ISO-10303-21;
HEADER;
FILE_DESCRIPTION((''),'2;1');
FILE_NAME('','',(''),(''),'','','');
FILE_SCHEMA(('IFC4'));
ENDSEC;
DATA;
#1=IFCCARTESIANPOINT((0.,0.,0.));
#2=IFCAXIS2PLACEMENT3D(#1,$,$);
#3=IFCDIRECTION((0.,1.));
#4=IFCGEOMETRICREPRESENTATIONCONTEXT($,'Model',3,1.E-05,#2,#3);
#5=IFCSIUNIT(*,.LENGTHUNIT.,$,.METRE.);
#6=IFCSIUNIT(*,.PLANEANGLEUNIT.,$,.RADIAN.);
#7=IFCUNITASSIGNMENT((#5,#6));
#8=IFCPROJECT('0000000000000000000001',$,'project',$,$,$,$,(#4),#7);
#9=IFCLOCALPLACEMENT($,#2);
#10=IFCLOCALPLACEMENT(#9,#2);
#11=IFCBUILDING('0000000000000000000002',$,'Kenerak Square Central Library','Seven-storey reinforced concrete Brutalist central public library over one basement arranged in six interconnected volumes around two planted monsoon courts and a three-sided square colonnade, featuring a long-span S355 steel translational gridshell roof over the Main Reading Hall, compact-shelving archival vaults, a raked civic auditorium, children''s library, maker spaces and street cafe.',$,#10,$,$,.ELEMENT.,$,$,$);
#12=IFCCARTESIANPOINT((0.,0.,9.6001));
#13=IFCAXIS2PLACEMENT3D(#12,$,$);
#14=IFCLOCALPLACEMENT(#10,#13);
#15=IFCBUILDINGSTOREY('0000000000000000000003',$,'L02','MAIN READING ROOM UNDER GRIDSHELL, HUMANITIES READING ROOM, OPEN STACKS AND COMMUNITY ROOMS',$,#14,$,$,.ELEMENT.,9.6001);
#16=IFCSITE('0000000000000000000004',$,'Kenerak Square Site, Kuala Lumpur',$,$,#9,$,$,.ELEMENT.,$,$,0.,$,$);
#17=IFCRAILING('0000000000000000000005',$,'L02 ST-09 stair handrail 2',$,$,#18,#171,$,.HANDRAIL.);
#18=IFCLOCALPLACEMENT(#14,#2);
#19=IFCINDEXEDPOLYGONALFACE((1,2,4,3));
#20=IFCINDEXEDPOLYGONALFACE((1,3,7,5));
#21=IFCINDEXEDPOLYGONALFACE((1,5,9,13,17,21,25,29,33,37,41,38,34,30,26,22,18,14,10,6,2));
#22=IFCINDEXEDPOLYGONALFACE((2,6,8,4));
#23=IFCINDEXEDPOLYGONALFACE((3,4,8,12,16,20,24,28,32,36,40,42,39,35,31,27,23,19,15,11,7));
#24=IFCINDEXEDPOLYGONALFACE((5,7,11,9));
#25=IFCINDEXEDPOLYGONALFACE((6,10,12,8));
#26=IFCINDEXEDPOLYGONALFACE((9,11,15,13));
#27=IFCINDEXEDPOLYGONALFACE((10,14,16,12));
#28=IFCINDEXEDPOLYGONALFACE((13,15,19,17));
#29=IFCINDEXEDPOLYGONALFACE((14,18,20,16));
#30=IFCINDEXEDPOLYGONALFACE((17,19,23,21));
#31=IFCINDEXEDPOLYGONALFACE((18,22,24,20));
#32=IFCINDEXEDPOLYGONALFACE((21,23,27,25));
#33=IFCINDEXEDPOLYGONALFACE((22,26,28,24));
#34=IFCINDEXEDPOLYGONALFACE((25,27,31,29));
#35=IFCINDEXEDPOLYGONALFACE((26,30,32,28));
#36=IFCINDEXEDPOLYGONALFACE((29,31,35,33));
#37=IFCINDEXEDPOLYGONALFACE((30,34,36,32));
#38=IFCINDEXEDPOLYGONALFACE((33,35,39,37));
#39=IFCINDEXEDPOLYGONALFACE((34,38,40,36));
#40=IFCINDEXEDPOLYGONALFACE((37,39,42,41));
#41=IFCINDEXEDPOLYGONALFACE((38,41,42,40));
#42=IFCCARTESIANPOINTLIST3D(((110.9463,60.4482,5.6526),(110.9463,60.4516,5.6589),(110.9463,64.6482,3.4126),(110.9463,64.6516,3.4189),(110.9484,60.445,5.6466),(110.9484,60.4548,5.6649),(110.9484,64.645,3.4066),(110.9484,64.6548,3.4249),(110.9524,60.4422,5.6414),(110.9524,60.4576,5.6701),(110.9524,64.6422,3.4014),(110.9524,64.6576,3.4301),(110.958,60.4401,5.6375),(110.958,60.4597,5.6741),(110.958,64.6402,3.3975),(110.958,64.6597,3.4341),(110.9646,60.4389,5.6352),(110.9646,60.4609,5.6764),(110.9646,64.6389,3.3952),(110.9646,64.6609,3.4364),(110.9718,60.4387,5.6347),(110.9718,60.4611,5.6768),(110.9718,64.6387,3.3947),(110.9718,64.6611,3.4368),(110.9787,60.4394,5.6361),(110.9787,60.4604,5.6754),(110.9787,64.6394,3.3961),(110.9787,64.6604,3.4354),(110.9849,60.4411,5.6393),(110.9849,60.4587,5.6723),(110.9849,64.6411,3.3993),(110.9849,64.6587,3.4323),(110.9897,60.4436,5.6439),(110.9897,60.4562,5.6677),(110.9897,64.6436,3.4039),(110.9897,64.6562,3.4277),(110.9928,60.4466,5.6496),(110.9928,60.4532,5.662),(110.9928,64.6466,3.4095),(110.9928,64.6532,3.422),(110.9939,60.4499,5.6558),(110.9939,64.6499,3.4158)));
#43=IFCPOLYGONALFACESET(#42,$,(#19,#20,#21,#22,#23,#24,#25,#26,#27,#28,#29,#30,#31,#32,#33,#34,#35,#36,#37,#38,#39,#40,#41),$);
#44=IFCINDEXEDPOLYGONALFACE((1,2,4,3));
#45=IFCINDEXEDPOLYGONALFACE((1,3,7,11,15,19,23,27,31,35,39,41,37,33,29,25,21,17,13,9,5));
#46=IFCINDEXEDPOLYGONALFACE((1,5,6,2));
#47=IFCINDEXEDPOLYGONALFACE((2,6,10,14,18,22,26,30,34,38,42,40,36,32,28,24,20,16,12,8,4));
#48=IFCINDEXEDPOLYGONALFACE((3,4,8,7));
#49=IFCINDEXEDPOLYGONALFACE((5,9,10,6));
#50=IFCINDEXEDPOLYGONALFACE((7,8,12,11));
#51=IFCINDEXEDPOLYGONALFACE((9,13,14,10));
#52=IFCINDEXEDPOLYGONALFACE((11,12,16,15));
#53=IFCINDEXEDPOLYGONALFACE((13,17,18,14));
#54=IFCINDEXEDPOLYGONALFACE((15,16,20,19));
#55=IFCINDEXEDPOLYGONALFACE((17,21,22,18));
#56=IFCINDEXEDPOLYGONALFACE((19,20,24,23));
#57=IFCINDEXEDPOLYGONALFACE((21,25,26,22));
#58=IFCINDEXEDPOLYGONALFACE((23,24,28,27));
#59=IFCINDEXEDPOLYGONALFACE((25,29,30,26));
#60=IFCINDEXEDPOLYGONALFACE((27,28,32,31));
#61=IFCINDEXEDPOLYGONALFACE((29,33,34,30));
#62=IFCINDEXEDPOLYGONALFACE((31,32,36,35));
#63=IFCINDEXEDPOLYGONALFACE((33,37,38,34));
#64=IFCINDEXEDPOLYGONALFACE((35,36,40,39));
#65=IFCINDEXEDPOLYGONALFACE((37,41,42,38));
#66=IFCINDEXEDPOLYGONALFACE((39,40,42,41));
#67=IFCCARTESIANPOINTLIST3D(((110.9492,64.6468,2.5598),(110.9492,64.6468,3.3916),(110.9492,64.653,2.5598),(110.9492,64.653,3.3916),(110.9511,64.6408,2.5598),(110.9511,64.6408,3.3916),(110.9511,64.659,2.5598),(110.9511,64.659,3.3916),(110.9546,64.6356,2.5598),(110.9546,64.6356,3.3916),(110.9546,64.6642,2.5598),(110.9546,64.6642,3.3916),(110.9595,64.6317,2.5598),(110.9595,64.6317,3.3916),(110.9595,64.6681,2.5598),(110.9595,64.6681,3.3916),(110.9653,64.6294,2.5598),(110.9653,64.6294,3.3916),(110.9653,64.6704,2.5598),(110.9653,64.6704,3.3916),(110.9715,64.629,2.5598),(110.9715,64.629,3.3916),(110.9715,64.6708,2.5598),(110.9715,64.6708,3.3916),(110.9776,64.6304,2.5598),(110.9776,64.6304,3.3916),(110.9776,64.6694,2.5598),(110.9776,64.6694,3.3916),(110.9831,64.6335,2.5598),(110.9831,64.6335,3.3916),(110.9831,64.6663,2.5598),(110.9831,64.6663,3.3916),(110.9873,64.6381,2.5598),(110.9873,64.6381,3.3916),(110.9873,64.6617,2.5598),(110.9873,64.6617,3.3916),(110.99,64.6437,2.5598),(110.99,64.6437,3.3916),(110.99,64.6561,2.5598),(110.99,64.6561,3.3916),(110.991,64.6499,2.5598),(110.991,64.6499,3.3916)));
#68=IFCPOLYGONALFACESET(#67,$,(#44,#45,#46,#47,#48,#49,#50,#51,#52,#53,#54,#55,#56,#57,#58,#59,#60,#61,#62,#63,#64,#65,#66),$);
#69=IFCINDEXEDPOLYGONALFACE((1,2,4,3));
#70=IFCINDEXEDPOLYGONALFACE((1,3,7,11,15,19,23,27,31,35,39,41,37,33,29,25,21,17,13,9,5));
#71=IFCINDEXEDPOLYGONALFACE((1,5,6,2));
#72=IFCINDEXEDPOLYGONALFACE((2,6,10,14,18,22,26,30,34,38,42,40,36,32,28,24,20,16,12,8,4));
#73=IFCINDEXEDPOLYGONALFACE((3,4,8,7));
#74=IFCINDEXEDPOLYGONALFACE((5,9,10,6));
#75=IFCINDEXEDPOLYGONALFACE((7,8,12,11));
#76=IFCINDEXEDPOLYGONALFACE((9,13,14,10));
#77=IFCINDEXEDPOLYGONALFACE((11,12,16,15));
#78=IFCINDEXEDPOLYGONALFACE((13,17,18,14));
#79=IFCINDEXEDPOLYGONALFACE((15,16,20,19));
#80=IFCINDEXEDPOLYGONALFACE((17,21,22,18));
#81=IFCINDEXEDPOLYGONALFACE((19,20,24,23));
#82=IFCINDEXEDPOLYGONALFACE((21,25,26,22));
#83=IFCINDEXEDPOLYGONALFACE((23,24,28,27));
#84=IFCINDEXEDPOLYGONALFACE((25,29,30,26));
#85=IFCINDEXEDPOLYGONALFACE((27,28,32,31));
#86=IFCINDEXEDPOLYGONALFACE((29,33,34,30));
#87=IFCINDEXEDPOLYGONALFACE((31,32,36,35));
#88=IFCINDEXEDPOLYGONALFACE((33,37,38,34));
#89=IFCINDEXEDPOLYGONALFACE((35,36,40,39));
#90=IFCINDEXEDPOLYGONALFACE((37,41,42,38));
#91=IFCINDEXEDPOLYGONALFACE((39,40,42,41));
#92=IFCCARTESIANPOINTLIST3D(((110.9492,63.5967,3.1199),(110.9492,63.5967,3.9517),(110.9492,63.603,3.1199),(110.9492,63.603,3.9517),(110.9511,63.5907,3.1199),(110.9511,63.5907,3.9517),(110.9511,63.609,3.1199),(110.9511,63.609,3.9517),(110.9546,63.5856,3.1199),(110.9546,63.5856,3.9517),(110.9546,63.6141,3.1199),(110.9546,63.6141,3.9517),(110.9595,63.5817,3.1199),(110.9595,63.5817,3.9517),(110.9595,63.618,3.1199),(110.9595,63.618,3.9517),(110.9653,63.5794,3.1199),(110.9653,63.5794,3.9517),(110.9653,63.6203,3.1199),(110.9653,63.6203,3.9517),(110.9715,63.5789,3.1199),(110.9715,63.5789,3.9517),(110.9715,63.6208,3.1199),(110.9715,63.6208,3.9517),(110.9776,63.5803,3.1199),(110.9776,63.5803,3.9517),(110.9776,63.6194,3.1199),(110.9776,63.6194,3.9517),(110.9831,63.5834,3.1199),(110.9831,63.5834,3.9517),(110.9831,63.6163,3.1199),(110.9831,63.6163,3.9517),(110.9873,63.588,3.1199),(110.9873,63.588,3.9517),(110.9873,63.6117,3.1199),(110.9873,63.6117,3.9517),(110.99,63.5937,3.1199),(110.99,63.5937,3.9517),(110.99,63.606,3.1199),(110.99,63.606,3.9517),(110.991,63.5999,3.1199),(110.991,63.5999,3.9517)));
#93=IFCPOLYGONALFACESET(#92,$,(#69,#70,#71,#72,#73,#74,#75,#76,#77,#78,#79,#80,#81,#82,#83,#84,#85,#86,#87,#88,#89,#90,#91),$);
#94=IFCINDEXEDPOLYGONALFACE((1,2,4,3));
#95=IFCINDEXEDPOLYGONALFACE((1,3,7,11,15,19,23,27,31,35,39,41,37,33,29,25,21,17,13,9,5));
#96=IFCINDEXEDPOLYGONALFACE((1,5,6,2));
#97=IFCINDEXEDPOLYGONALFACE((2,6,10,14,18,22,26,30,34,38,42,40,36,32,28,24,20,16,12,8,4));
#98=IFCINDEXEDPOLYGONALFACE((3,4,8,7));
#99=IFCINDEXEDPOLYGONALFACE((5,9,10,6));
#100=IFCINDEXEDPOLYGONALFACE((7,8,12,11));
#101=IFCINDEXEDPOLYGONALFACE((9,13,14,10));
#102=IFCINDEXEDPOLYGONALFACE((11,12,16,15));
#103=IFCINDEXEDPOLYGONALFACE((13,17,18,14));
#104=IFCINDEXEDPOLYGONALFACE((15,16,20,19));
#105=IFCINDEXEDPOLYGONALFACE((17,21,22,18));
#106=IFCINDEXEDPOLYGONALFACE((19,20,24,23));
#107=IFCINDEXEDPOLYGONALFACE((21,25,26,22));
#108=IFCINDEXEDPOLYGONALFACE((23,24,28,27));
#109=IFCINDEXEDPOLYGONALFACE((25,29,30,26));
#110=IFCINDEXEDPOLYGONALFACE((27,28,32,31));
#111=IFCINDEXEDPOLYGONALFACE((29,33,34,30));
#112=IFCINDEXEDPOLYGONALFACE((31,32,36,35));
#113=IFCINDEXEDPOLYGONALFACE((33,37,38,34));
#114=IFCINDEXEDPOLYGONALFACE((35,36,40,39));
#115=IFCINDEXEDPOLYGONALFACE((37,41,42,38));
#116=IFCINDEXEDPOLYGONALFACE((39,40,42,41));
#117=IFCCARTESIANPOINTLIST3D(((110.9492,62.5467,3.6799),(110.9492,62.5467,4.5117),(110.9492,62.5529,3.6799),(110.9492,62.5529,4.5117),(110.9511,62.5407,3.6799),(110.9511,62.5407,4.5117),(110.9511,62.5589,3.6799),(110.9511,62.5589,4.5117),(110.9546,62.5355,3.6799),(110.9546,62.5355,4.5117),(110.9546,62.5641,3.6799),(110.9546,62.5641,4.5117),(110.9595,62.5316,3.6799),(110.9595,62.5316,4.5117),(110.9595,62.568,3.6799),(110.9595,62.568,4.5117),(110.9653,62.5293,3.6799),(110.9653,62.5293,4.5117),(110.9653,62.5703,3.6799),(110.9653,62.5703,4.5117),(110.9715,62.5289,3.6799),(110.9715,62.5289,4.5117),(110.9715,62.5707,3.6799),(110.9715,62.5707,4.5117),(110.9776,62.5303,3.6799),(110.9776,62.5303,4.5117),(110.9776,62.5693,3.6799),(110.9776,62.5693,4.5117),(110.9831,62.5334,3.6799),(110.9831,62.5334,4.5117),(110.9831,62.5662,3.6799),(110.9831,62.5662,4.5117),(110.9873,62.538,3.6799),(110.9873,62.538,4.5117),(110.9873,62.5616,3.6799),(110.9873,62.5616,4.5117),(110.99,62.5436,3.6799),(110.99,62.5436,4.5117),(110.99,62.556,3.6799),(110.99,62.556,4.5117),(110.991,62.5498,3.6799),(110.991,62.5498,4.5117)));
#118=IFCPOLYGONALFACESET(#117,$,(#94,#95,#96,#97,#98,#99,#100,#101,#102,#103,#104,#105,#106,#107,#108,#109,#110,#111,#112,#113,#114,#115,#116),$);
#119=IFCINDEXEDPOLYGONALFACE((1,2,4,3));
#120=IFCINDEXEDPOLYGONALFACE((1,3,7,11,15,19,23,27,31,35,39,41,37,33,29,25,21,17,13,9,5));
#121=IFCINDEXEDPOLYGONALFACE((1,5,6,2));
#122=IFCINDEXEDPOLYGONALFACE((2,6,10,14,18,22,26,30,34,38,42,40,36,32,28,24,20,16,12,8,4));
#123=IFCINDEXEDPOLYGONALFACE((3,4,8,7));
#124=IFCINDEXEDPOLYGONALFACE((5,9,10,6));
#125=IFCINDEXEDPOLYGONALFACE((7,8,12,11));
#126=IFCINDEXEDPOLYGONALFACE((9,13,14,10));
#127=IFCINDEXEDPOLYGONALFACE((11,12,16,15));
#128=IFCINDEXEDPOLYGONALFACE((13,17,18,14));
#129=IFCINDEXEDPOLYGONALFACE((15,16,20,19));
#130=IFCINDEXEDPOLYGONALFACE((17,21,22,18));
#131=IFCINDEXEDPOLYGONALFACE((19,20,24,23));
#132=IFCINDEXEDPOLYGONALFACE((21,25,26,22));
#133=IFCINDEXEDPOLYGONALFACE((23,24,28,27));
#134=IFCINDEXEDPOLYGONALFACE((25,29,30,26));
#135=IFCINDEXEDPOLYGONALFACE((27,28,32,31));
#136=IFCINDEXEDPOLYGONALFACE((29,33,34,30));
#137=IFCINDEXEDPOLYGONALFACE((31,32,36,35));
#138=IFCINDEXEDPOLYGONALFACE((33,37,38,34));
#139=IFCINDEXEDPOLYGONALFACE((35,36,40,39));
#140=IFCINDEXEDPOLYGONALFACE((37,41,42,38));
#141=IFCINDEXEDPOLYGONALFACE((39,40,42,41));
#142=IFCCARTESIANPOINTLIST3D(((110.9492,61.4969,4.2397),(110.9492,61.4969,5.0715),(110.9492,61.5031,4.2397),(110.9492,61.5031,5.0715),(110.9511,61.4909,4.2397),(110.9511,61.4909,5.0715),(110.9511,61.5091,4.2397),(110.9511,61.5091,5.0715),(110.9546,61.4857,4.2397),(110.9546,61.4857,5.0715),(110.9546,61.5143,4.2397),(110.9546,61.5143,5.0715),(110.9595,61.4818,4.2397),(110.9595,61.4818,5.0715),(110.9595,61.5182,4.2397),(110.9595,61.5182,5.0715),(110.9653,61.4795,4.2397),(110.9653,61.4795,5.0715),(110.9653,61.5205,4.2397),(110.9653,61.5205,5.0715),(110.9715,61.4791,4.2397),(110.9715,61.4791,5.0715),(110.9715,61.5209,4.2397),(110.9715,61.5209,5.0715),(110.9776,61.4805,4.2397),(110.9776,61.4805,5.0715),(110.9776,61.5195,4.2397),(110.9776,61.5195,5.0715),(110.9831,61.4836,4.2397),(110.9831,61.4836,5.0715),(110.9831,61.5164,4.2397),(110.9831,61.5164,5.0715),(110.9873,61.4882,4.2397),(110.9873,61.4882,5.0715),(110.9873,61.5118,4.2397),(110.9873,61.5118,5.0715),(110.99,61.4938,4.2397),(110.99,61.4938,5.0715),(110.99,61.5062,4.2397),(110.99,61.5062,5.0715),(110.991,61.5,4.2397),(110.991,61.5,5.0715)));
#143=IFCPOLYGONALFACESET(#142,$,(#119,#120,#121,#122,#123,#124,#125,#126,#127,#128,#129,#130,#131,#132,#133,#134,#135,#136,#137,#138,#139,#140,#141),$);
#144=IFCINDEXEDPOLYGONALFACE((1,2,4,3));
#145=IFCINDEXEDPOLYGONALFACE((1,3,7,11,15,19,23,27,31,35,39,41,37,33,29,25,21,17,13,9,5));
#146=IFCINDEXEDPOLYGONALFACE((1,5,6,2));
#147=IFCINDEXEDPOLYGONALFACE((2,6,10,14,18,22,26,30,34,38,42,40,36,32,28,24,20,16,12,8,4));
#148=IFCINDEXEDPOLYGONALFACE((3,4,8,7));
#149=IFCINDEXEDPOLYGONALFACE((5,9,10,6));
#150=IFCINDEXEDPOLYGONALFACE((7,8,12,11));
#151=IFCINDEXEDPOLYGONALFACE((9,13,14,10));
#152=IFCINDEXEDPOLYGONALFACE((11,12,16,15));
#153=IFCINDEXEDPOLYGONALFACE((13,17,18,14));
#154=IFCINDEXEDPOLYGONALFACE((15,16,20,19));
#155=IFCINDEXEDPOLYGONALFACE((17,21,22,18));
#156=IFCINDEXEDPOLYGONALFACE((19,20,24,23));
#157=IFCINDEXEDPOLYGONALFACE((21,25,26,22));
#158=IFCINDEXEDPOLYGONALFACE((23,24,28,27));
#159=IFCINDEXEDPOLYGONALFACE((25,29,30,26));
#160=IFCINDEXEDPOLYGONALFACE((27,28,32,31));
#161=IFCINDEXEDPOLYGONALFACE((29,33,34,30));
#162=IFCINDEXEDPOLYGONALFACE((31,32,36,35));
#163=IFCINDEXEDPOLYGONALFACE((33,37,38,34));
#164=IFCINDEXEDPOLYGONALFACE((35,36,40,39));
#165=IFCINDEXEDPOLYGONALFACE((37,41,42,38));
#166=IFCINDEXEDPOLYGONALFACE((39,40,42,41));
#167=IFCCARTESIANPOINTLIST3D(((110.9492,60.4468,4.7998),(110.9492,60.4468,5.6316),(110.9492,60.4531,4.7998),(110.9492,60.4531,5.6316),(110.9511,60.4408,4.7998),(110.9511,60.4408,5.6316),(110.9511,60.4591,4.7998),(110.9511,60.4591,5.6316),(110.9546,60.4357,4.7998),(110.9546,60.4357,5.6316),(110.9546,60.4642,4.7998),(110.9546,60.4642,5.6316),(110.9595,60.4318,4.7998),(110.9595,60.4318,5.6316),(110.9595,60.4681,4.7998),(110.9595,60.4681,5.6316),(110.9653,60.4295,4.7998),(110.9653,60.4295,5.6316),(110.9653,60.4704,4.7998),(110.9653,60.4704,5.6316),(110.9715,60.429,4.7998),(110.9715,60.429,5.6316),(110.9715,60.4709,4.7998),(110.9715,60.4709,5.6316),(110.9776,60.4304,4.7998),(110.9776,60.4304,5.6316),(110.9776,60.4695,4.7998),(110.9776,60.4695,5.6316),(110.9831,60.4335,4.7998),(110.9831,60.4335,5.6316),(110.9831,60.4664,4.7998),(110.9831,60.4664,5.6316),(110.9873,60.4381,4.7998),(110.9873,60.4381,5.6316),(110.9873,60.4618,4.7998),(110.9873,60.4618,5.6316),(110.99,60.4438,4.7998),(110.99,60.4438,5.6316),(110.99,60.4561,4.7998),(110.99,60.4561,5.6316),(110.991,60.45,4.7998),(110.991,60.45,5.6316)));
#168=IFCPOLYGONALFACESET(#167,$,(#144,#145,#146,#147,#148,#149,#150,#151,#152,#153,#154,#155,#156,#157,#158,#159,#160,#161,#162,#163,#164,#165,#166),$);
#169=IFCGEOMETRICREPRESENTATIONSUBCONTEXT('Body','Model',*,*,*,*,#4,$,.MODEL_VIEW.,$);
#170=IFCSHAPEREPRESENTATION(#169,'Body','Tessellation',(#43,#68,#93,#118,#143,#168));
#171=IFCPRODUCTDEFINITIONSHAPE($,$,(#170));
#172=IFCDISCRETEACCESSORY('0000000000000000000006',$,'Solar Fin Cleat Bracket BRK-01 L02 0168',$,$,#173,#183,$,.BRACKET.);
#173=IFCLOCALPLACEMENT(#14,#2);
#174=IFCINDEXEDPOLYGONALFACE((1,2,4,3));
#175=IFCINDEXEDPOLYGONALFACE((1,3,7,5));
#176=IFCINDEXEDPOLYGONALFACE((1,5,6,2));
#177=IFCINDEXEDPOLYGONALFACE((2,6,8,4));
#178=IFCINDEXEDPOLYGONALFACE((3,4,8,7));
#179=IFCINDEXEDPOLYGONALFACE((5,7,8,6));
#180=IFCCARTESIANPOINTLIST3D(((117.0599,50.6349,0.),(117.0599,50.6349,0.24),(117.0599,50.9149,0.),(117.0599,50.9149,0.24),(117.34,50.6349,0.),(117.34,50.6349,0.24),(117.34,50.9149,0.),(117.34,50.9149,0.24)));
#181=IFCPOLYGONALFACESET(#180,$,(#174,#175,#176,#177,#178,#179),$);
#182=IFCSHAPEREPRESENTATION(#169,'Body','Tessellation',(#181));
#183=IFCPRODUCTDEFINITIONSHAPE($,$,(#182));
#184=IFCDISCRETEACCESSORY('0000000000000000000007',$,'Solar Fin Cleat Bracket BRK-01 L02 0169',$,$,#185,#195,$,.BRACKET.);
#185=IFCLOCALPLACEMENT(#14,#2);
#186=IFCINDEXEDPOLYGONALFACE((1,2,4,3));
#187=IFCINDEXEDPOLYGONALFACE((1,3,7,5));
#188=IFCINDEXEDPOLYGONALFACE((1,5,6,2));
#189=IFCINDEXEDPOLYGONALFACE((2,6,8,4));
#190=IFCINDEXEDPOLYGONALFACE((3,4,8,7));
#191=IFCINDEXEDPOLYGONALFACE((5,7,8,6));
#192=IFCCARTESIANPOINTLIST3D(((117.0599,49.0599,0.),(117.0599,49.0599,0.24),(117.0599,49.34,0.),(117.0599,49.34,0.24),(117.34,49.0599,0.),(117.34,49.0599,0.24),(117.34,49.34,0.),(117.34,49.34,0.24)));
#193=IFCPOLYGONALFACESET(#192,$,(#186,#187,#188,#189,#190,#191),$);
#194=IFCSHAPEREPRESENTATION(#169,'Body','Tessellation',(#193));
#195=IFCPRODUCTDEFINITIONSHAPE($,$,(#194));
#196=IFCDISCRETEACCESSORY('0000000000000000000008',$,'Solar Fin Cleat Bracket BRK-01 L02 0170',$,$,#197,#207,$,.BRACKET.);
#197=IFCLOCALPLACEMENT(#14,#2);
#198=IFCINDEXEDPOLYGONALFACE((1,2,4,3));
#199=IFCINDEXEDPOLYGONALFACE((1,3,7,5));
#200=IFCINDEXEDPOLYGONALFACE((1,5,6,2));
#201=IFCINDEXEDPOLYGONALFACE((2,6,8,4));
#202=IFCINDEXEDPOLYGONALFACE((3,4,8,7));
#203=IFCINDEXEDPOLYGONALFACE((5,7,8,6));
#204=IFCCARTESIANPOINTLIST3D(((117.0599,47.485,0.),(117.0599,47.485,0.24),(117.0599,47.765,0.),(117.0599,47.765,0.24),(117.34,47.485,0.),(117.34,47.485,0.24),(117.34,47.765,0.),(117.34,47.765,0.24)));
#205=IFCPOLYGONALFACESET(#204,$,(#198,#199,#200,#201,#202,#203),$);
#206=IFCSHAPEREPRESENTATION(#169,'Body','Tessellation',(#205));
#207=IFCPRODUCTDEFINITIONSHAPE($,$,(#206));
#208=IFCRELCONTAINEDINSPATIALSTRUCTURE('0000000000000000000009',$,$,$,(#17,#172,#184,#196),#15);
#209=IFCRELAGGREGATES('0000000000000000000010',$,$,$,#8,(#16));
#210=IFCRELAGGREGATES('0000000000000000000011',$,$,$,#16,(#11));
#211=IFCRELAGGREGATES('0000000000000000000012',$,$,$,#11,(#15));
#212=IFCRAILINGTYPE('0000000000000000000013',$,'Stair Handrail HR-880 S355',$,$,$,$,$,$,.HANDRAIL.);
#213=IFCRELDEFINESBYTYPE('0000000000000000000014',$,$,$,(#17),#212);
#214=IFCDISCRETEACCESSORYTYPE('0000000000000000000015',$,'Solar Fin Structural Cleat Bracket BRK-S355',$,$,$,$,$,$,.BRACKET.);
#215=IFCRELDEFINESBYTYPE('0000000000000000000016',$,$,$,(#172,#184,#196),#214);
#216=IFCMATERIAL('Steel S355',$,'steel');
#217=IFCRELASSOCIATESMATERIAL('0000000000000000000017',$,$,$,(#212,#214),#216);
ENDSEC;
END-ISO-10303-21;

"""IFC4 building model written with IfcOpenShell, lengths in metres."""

from ifc_helpers import new_model, si_unit, direction, frame, origin, origin_2d, place, context, subcontext, project, spatial, rectangle, circle, extrude, material, type_object, element, save


model = new_model("IFC4")

# Units and contexts
model_context = context("Model", 3, precision=1e-05, world=origin(), true_north=direction((0.0, 1.0)))
body_context = subcontext(model_context, "Body", "Model", "MODEL_VIEW")
ifc_project = project(units=[si_unit("LENGTHUNIT", "METRE"), si_unit("PLANEANGLEUNIT", "RADIAN")], contexts=[model_context])

# Site, building, storey
site_placement = place(None, origin())
site = spatial("IfcSite", under=ifc_project, at=site_placement, Name="Kenerak Square Site, Kuala Lumpur", CompositionType="ELEMENT", RefElevation=0.0)
building_placement = place(site_placement, origin())
building = spatial("IfcBuilding", under=site, at=building_placement, Name="Kenerak Square Central Library", Description="Seven-storey reinforced concrete Brutalist central public library over one basement arranged in six interconnected volumes around two planted monsoon courts and a three-sided square colonnade, featuring a long-span S355 steel translational gridshell roof over the Main Reading Hall, compact-shelving archival vaults, a raked civic auditorium, children's library, maker spaces and street cafe.", CompositionType="ELEMENT")
storey_placement = place(building_placement, frame((0.0, 0.0, 9.6001)))
storey = spatial("IfcBuildingStorey", under=building, at=storey_placement, Name="L02", Description="MAIN READING ROOM UNDER GRIDSHELL, HUMANITIES READING ROOM, OPEN STACKS AND COMMUNITY ROOMS", CompositionType="ELEMENT", Elevation=9.6001)

# Shared definitions
ifc_material_1 = material(Name="Steel S355", Category="steel")

# Railing
railing_type_1 = type_object("IfcRailingType", Name="Stair Handrail HR-880 S355", PredefinedType="HANDRAIL", material=ifc_material_1)
railing_1_placement = place(storey_placement, frame((110.97, 64.6499, 2.5598)))
element("IfcRailing", 1, at=railing_1_placement, inside=storey, type_object=railing_type_1, Name="L02 ST-09 stair handrail 2", PredefinedType="HANDRAIL", context=body_context, shape_type="SweptSolid", body=[
    extrude(circle(Radius=0.0239, at=origin_2d()), frame((0.0, 0.0, 0.856), z_axis=(0.0, -0.882352, 0.470591), x_axis=(1.0, 0.0, 0.0)), (0.0, 0.0, 1.0), 4.76),
    extrude(circle(Radius=0.021, at=origin_2d()), origin(), (0.0, 0.0, 1.0), 0.8318),
    extrude(circle(Radius=0.021, at=origin_2d()), frame((0.0, -1.05, 0.5601)), (0.0, 0.0, 1.0), 0.8318),
    extrude(circle(Radius=0.021, at=origin_2d()), frame((0.0, -2.1001, 1.1201)), (0.0, 0.0, 1.0), 0.8318),
    extrude(circle(Radius=0.021, at=origin_2d()), frame((0.0, -3.1499, 1.6799)), (0.0, 0.0, 1.0), 0.8318),
    extrude(circle(Radius=0.021, at=origin_2d()), frame((0.0, -4.2, 2.24)), (0.0, 0.0, 1.0), 0.8318),
])

# Discrete accessories
discrete_accessory_type = type_object("IfcDiscreteAccessoryType", Name="Solar Fin Structural Cleat Bracket BRK-S355", PredefinedType="BRACKET", material=ifc_material_1)
for number, where, z_axis, x_axis, name in (
    (2, (117.2, 50.7749, 0.0), (0.0, 0.0, 1.0), (0.0, -1.0, 0.0), "Solar Fin Cleat Bracket BRK-01 L02 0168"),
    (3, (117.2, 49.2, 0.0), (0.0, 0.0, 1.0), (0.0, -1.0, 0.0), "Solar Fin Cleat Bracket BRK-01 L02 0169"),
    (4, (117.2, 47.625, 0.0), (0.0, 0.0, 1.0), (0.0, -1.0, 0.0), "Solar Fin Cleat Bracket BRK-01 L02 0170"),
):
    element("IfcDiscreteAccessory", number, at=place(storey_placement, frame(where, z_axis=z_axis, x_axis=x_axis)), inside=storey, type_object=discrete_accessory_type, Name=name, PredefinedType="BRACKET", context=body_context, shape_type="SweptSolid", body=[
        extrude(rectangle(XDim=0.28, YDim=0.28, at=origin_2d()), origin(), (0.0, 0.0, 1.0), 0.24),
    ])

save(model, "model.ifc")
